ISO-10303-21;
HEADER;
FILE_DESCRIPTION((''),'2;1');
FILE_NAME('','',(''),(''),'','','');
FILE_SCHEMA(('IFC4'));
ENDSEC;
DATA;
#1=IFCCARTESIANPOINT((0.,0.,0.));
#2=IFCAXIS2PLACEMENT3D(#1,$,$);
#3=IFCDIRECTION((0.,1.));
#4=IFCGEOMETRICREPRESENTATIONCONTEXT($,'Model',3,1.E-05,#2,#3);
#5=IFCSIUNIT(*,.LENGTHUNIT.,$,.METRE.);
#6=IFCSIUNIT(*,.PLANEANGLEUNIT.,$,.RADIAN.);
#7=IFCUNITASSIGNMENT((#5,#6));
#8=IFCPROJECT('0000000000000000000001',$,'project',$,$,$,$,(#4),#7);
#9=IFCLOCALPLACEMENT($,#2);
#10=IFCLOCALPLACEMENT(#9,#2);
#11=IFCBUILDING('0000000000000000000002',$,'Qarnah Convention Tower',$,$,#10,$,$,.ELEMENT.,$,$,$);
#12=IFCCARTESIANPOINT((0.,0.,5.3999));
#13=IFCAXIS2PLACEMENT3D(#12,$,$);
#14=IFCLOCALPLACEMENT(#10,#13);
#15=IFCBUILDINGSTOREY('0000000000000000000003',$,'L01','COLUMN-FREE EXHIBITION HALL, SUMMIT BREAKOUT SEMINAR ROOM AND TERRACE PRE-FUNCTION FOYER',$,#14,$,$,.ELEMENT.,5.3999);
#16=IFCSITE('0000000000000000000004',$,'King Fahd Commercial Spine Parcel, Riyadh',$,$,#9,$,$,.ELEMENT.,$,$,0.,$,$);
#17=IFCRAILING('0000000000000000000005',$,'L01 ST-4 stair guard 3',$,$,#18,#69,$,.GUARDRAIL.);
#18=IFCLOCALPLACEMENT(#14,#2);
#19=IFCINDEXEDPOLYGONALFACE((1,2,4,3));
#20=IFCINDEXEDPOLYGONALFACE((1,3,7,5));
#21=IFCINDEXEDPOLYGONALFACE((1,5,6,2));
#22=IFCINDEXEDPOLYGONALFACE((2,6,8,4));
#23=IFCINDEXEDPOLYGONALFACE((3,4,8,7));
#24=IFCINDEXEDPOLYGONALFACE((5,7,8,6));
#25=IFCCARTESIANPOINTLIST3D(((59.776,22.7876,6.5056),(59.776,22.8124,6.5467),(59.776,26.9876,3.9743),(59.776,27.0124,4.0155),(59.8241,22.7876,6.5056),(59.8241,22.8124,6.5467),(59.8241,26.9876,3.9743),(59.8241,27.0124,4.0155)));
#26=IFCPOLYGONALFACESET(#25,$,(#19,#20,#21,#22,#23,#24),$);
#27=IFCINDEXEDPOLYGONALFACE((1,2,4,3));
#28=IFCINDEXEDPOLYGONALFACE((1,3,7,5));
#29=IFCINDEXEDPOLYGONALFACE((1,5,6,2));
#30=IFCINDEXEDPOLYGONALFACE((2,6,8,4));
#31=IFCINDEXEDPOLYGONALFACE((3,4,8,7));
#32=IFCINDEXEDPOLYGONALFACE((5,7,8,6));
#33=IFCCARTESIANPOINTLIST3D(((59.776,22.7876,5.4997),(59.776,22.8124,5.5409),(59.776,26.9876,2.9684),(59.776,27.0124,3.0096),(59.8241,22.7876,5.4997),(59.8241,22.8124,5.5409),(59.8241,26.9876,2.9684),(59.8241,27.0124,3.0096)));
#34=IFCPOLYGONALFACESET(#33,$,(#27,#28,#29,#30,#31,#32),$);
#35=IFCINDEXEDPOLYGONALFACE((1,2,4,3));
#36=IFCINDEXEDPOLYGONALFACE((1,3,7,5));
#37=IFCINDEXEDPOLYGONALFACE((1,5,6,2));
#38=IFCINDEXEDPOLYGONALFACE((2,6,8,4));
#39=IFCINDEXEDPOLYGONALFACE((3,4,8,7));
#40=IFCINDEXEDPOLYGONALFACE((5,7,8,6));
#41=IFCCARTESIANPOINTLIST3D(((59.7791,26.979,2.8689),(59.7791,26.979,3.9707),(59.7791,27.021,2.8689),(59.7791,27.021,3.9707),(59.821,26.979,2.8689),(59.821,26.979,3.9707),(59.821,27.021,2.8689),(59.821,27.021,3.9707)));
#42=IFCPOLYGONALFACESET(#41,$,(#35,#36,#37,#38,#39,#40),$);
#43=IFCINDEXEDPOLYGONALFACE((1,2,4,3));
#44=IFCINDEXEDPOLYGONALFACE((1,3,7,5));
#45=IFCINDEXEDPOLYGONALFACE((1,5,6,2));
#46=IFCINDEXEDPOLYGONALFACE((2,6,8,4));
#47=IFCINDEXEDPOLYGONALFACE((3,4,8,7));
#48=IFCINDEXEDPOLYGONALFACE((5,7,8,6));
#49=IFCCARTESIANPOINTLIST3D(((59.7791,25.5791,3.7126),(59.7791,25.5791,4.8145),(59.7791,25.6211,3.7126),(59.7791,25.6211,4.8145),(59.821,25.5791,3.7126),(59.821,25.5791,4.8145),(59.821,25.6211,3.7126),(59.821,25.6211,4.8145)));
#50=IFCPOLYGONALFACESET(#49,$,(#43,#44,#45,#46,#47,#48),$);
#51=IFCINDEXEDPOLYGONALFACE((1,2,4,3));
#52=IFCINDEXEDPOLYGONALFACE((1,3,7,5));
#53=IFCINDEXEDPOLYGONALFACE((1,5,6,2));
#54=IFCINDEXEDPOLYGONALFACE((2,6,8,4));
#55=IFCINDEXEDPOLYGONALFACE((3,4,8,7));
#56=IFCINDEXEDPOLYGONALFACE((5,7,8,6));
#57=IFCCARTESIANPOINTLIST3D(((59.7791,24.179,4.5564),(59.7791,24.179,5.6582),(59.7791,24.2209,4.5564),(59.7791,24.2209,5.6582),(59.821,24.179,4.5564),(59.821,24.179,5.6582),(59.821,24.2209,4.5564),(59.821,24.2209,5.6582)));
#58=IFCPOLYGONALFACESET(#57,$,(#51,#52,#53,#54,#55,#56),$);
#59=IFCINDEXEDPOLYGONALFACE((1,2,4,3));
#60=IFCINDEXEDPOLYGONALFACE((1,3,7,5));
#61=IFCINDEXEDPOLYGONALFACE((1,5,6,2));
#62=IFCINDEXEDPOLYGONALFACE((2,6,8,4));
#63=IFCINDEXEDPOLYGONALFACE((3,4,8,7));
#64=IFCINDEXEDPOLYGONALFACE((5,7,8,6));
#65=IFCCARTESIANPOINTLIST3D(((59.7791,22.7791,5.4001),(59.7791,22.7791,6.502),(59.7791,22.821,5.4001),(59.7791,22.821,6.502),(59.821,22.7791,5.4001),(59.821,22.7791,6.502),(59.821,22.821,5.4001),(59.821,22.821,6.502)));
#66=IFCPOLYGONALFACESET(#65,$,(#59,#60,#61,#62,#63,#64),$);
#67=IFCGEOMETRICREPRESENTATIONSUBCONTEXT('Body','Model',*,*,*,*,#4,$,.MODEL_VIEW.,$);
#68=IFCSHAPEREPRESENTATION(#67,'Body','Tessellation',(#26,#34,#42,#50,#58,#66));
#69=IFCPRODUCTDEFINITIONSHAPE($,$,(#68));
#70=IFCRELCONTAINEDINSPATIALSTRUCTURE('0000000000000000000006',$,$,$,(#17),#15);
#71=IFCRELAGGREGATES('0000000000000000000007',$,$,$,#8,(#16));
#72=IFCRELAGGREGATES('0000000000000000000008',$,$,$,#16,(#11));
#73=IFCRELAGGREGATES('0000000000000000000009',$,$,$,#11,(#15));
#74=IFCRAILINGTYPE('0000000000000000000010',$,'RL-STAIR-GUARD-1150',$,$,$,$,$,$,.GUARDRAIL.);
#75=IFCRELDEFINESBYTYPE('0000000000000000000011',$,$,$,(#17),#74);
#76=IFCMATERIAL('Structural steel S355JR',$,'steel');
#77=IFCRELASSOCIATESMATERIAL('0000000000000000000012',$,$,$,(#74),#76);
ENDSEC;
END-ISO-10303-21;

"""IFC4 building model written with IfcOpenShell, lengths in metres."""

from ifc_helpers import new_model, si_unit, direction, frame, origin, origin_2d, place, context, subcontext, project, spatial, rectangle, extrude, material, type_object, element, save


model = new_model("IFC4")

# Units and contexts
model_context = context("Model", 3, precision=1e-05, world=origin(), true_north=direction((0.0, 1.0)))
body_context = subcontext(model_context, "Body", "Model", "MODEL_VIEW")
ifc_project = project(units=[si_unit("LENGTHUNIT", "METRE"), si_unit("PLANEANGLEUNIT", "RADIAN")], contexts=[model_context])

# Site, building, storey
site_placement = place(None, origin())
site = spatial("IfcSite", under=ifc_project, at=site_placement, Name="King Fahd Commercial Spine Parcel, Riyadh", CompositionType="ELEMENT", RefElevation=0.0)
building_placement = place(site_placement, origin())
building = spatial("IfcBuilding", under=site, at=building_placement, Name="Qarnah Convention Tower", CompositionType="ELEMENT")
storey_placement = place(building_placement, frame((0.0, 0.0, 5.3999)))
storey = spatial("IfcBuildingStorey", under=building, at=storey_placement, Name="L01", Description="COLUMN-FREE EXHIBITION HALL, SUMMIT BREAKOUT SEMINAR ROOM AND TERRACE PRE-FUNCTION FOYER", CompositionType="ELEMENT", Elevation=5.3999)

# Shared definitions
ifc_material_1 = material(Name="Structural steel S355JR", Category="steel")

# Railing
railing_type = type_object("IfcRailingType", Name="RL-STAIR-GUARD-1150", PredefinedType="GUARDRAIL", material=ifc_material_1)
railing_1_placement = place(storey_placement, frame((59.8, 27.0, 2.8689)))
element("IfcRailing", 1, at=railing_1_placement, inside=storey, type_object=railing_type, Name="L01 ST-4 stair guard 3", PredefinedType="GUARDRAIL", context=body_context, shape_type="SweptSolid", body=[
    extrude(rectangle(XDim=0.0481, YDim=0.0481, at=origin_2d()), frame((0.0, 0.0, 1.126), z_axis=(0.0, -0.856476, 0.516186), x_axis=(1.0, 0.0, 0.0)), (0.0, 0.0, 1.0), 4.9038),
    extrude(rectangle(XDim=0.0481, YDim=0.0481, at=origin_2d()), frame((0.0, 0.0, 0.1201), z_axis=(0.0, -0.856476, 0.516186), x_axis=(1.0, 0.0, 0.0)), (0.0, 0.0, 1.0), 4.9038),
    extrude(rectangle(XDim=0.042, YDim=0.042, at=origin_2d()), origin(), (0.0, 0.0, 1.0), 1.1018),
    extrude(rectangle(XDim=0.042, YDim=0.042, at=origin_2d()), frame((0.0, -1.3999, 0.8438)), (0.0, 0.0, 1.0), 1.1018),
    extrude(rectangle(XDim=0.042, YDim=0.042, at=origin_2d()), frame((0.0, -2.8, 1.6875)), (0.0, 0.0, 1.0), 1.1018),
    extrude(rectangle(XDim=0.042, YDim=0.042, at=origin_2d()), frame((0.0, -4.2, 2.5312)), (0.0, 0.0, 1.0), 1.1018),
])

save(model, "model.ifc")
